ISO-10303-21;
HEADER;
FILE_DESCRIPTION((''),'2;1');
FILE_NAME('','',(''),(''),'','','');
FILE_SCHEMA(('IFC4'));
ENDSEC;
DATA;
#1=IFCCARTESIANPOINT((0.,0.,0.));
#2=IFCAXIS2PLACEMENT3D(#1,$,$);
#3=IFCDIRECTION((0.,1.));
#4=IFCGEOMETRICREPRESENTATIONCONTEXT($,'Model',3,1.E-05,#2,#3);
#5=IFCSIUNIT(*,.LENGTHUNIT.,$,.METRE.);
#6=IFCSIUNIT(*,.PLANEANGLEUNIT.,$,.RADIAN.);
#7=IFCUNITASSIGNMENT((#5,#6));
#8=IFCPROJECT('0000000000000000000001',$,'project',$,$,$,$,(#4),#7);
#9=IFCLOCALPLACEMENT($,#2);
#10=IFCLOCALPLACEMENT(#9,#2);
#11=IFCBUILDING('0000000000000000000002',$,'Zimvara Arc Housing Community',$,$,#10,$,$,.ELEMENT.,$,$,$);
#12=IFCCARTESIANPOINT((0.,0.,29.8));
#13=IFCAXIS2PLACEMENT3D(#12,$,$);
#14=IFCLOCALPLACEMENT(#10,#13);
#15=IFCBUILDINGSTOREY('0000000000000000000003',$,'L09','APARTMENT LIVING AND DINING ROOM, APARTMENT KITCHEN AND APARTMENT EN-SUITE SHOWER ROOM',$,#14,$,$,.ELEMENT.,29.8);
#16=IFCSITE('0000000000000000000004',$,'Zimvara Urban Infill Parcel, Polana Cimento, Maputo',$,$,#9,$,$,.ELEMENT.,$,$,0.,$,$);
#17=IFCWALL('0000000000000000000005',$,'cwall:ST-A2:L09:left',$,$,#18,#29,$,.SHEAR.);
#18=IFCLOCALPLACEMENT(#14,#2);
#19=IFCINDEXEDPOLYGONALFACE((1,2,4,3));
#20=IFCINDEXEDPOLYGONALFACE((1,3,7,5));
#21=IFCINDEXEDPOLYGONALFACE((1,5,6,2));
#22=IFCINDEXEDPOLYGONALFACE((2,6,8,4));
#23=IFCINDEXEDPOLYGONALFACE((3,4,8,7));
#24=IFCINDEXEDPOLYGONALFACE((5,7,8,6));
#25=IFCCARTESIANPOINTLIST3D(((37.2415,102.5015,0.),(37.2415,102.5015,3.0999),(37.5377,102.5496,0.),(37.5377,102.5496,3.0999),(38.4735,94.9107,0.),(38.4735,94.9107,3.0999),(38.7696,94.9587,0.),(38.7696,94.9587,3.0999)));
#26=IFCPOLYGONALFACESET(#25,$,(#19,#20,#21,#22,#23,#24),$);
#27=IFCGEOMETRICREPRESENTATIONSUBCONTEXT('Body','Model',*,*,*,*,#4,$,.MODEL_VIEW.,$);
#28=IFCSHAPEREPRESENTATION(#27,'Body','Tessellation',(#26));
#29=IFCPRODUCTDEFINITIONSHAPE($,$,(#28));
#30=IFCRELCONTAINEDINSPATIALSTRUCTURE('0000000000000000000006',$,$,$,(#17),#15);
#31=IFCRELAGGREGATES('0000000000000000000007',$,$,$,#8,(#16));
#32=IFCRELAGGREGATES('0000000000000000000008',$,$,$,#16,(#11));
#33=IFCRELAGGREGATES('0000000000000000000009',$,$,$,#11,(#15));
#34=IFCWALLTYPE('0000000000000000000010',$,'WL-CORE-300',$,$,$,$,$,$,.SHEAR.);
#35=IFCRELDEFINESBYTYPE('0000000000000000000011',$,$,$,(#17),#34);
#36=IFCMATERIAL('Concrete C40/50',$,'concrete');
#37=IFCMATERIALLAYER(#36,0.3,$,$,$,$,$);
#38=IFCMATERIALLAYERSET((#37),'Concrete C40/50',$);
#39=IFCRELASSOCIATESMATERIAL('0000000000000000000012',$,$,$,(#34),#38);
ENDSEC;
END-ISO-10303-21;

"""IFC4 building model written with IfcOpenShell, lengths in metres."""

from ifc_helpers import new_model, si_unit, direction, frame, frame_2d, origin, place, context, subcontext, project, spatial, rectangle, extrude, material, layer, layer_set, type_object, element, save


model = new_model("IFC4")

# Units and contexts
model_context = context("Model", 3, precision=1e-05, world=origin(), true_north=direction((0.0, 1.0)))
body_context = subcontext(model_context, "Body", "Model", "MODEL_VIEW")
ifc_project = project(units=[si_unit("LENGTHUNIT", "METRE"), si_unit("PLANEANGLEUNIT", "RADIAN")], contexts=[model_context])

# Site, building, storey
site_placement = place(None, origin())
site = spatial("IfcSite", under=ifc_project, at=site_placement, Name="Zimvara Urban Infill Parcel, Polana Cimento, Maputo", CompositionType="ELEMENT", RefElevation=0.0)
building_placement = place(site_placement, origin())
building = spatial("IfcBuilding", under=site, at=building_placement, Name="Zimvara Arc Housing Community", CompositionType="ELEMENT")
storey_placement = place(building_placement, frame((0.0, 0.0, 29.8)))
storey = spatial("IfcBuildingStorey", under=building, at=storey_placement, Name="L09", Description="APARTMENT LIVING AND DINING ROOM, APARTMENT KITCHEN AND APARTMENT EN-SUITE SHOWER ROOM", CompositionType="ELEMENT", Elevation=29.8)

# Shared definitions
ifc_material_1 = material(Name="Concrete C40/50", Category="concrete")
ifc_layer_1 = layer(ifc_material_1, 0.3)
ifc_layer_set_1 = layer_set([ifc_layer_1], Name="Concrete C40/50")
wall_type_1 = type_object("IfcWallType", Name="WL-CORE-300", PredefinedType="SHEAR", material=ifc_layer_set_1)

# Wall
wall_1_placement = place(storey_placement, frame((38.6216, 94.9346, 0.0), z_axis=(0.0, 0.0, 1.0), x_axis=(-0.160197, 0.987085, 0.0)))
element("IfcWall", 1, at=wall_1_placement, inside=storey, type_object=wall_type_1, Name="cwall:ST-A2:L09:left", PredefinedType="SHEAR", context=body_context, shape_type="SweptSolid", body=[
    extrude(rectangle(XDim=7.6902, YDim=0.3, at=frame_2d((3.8452, 0.0))), origin(), (0.0, 0.0, 1.0), 3.0999),
])

save(model, "model.ifc")
